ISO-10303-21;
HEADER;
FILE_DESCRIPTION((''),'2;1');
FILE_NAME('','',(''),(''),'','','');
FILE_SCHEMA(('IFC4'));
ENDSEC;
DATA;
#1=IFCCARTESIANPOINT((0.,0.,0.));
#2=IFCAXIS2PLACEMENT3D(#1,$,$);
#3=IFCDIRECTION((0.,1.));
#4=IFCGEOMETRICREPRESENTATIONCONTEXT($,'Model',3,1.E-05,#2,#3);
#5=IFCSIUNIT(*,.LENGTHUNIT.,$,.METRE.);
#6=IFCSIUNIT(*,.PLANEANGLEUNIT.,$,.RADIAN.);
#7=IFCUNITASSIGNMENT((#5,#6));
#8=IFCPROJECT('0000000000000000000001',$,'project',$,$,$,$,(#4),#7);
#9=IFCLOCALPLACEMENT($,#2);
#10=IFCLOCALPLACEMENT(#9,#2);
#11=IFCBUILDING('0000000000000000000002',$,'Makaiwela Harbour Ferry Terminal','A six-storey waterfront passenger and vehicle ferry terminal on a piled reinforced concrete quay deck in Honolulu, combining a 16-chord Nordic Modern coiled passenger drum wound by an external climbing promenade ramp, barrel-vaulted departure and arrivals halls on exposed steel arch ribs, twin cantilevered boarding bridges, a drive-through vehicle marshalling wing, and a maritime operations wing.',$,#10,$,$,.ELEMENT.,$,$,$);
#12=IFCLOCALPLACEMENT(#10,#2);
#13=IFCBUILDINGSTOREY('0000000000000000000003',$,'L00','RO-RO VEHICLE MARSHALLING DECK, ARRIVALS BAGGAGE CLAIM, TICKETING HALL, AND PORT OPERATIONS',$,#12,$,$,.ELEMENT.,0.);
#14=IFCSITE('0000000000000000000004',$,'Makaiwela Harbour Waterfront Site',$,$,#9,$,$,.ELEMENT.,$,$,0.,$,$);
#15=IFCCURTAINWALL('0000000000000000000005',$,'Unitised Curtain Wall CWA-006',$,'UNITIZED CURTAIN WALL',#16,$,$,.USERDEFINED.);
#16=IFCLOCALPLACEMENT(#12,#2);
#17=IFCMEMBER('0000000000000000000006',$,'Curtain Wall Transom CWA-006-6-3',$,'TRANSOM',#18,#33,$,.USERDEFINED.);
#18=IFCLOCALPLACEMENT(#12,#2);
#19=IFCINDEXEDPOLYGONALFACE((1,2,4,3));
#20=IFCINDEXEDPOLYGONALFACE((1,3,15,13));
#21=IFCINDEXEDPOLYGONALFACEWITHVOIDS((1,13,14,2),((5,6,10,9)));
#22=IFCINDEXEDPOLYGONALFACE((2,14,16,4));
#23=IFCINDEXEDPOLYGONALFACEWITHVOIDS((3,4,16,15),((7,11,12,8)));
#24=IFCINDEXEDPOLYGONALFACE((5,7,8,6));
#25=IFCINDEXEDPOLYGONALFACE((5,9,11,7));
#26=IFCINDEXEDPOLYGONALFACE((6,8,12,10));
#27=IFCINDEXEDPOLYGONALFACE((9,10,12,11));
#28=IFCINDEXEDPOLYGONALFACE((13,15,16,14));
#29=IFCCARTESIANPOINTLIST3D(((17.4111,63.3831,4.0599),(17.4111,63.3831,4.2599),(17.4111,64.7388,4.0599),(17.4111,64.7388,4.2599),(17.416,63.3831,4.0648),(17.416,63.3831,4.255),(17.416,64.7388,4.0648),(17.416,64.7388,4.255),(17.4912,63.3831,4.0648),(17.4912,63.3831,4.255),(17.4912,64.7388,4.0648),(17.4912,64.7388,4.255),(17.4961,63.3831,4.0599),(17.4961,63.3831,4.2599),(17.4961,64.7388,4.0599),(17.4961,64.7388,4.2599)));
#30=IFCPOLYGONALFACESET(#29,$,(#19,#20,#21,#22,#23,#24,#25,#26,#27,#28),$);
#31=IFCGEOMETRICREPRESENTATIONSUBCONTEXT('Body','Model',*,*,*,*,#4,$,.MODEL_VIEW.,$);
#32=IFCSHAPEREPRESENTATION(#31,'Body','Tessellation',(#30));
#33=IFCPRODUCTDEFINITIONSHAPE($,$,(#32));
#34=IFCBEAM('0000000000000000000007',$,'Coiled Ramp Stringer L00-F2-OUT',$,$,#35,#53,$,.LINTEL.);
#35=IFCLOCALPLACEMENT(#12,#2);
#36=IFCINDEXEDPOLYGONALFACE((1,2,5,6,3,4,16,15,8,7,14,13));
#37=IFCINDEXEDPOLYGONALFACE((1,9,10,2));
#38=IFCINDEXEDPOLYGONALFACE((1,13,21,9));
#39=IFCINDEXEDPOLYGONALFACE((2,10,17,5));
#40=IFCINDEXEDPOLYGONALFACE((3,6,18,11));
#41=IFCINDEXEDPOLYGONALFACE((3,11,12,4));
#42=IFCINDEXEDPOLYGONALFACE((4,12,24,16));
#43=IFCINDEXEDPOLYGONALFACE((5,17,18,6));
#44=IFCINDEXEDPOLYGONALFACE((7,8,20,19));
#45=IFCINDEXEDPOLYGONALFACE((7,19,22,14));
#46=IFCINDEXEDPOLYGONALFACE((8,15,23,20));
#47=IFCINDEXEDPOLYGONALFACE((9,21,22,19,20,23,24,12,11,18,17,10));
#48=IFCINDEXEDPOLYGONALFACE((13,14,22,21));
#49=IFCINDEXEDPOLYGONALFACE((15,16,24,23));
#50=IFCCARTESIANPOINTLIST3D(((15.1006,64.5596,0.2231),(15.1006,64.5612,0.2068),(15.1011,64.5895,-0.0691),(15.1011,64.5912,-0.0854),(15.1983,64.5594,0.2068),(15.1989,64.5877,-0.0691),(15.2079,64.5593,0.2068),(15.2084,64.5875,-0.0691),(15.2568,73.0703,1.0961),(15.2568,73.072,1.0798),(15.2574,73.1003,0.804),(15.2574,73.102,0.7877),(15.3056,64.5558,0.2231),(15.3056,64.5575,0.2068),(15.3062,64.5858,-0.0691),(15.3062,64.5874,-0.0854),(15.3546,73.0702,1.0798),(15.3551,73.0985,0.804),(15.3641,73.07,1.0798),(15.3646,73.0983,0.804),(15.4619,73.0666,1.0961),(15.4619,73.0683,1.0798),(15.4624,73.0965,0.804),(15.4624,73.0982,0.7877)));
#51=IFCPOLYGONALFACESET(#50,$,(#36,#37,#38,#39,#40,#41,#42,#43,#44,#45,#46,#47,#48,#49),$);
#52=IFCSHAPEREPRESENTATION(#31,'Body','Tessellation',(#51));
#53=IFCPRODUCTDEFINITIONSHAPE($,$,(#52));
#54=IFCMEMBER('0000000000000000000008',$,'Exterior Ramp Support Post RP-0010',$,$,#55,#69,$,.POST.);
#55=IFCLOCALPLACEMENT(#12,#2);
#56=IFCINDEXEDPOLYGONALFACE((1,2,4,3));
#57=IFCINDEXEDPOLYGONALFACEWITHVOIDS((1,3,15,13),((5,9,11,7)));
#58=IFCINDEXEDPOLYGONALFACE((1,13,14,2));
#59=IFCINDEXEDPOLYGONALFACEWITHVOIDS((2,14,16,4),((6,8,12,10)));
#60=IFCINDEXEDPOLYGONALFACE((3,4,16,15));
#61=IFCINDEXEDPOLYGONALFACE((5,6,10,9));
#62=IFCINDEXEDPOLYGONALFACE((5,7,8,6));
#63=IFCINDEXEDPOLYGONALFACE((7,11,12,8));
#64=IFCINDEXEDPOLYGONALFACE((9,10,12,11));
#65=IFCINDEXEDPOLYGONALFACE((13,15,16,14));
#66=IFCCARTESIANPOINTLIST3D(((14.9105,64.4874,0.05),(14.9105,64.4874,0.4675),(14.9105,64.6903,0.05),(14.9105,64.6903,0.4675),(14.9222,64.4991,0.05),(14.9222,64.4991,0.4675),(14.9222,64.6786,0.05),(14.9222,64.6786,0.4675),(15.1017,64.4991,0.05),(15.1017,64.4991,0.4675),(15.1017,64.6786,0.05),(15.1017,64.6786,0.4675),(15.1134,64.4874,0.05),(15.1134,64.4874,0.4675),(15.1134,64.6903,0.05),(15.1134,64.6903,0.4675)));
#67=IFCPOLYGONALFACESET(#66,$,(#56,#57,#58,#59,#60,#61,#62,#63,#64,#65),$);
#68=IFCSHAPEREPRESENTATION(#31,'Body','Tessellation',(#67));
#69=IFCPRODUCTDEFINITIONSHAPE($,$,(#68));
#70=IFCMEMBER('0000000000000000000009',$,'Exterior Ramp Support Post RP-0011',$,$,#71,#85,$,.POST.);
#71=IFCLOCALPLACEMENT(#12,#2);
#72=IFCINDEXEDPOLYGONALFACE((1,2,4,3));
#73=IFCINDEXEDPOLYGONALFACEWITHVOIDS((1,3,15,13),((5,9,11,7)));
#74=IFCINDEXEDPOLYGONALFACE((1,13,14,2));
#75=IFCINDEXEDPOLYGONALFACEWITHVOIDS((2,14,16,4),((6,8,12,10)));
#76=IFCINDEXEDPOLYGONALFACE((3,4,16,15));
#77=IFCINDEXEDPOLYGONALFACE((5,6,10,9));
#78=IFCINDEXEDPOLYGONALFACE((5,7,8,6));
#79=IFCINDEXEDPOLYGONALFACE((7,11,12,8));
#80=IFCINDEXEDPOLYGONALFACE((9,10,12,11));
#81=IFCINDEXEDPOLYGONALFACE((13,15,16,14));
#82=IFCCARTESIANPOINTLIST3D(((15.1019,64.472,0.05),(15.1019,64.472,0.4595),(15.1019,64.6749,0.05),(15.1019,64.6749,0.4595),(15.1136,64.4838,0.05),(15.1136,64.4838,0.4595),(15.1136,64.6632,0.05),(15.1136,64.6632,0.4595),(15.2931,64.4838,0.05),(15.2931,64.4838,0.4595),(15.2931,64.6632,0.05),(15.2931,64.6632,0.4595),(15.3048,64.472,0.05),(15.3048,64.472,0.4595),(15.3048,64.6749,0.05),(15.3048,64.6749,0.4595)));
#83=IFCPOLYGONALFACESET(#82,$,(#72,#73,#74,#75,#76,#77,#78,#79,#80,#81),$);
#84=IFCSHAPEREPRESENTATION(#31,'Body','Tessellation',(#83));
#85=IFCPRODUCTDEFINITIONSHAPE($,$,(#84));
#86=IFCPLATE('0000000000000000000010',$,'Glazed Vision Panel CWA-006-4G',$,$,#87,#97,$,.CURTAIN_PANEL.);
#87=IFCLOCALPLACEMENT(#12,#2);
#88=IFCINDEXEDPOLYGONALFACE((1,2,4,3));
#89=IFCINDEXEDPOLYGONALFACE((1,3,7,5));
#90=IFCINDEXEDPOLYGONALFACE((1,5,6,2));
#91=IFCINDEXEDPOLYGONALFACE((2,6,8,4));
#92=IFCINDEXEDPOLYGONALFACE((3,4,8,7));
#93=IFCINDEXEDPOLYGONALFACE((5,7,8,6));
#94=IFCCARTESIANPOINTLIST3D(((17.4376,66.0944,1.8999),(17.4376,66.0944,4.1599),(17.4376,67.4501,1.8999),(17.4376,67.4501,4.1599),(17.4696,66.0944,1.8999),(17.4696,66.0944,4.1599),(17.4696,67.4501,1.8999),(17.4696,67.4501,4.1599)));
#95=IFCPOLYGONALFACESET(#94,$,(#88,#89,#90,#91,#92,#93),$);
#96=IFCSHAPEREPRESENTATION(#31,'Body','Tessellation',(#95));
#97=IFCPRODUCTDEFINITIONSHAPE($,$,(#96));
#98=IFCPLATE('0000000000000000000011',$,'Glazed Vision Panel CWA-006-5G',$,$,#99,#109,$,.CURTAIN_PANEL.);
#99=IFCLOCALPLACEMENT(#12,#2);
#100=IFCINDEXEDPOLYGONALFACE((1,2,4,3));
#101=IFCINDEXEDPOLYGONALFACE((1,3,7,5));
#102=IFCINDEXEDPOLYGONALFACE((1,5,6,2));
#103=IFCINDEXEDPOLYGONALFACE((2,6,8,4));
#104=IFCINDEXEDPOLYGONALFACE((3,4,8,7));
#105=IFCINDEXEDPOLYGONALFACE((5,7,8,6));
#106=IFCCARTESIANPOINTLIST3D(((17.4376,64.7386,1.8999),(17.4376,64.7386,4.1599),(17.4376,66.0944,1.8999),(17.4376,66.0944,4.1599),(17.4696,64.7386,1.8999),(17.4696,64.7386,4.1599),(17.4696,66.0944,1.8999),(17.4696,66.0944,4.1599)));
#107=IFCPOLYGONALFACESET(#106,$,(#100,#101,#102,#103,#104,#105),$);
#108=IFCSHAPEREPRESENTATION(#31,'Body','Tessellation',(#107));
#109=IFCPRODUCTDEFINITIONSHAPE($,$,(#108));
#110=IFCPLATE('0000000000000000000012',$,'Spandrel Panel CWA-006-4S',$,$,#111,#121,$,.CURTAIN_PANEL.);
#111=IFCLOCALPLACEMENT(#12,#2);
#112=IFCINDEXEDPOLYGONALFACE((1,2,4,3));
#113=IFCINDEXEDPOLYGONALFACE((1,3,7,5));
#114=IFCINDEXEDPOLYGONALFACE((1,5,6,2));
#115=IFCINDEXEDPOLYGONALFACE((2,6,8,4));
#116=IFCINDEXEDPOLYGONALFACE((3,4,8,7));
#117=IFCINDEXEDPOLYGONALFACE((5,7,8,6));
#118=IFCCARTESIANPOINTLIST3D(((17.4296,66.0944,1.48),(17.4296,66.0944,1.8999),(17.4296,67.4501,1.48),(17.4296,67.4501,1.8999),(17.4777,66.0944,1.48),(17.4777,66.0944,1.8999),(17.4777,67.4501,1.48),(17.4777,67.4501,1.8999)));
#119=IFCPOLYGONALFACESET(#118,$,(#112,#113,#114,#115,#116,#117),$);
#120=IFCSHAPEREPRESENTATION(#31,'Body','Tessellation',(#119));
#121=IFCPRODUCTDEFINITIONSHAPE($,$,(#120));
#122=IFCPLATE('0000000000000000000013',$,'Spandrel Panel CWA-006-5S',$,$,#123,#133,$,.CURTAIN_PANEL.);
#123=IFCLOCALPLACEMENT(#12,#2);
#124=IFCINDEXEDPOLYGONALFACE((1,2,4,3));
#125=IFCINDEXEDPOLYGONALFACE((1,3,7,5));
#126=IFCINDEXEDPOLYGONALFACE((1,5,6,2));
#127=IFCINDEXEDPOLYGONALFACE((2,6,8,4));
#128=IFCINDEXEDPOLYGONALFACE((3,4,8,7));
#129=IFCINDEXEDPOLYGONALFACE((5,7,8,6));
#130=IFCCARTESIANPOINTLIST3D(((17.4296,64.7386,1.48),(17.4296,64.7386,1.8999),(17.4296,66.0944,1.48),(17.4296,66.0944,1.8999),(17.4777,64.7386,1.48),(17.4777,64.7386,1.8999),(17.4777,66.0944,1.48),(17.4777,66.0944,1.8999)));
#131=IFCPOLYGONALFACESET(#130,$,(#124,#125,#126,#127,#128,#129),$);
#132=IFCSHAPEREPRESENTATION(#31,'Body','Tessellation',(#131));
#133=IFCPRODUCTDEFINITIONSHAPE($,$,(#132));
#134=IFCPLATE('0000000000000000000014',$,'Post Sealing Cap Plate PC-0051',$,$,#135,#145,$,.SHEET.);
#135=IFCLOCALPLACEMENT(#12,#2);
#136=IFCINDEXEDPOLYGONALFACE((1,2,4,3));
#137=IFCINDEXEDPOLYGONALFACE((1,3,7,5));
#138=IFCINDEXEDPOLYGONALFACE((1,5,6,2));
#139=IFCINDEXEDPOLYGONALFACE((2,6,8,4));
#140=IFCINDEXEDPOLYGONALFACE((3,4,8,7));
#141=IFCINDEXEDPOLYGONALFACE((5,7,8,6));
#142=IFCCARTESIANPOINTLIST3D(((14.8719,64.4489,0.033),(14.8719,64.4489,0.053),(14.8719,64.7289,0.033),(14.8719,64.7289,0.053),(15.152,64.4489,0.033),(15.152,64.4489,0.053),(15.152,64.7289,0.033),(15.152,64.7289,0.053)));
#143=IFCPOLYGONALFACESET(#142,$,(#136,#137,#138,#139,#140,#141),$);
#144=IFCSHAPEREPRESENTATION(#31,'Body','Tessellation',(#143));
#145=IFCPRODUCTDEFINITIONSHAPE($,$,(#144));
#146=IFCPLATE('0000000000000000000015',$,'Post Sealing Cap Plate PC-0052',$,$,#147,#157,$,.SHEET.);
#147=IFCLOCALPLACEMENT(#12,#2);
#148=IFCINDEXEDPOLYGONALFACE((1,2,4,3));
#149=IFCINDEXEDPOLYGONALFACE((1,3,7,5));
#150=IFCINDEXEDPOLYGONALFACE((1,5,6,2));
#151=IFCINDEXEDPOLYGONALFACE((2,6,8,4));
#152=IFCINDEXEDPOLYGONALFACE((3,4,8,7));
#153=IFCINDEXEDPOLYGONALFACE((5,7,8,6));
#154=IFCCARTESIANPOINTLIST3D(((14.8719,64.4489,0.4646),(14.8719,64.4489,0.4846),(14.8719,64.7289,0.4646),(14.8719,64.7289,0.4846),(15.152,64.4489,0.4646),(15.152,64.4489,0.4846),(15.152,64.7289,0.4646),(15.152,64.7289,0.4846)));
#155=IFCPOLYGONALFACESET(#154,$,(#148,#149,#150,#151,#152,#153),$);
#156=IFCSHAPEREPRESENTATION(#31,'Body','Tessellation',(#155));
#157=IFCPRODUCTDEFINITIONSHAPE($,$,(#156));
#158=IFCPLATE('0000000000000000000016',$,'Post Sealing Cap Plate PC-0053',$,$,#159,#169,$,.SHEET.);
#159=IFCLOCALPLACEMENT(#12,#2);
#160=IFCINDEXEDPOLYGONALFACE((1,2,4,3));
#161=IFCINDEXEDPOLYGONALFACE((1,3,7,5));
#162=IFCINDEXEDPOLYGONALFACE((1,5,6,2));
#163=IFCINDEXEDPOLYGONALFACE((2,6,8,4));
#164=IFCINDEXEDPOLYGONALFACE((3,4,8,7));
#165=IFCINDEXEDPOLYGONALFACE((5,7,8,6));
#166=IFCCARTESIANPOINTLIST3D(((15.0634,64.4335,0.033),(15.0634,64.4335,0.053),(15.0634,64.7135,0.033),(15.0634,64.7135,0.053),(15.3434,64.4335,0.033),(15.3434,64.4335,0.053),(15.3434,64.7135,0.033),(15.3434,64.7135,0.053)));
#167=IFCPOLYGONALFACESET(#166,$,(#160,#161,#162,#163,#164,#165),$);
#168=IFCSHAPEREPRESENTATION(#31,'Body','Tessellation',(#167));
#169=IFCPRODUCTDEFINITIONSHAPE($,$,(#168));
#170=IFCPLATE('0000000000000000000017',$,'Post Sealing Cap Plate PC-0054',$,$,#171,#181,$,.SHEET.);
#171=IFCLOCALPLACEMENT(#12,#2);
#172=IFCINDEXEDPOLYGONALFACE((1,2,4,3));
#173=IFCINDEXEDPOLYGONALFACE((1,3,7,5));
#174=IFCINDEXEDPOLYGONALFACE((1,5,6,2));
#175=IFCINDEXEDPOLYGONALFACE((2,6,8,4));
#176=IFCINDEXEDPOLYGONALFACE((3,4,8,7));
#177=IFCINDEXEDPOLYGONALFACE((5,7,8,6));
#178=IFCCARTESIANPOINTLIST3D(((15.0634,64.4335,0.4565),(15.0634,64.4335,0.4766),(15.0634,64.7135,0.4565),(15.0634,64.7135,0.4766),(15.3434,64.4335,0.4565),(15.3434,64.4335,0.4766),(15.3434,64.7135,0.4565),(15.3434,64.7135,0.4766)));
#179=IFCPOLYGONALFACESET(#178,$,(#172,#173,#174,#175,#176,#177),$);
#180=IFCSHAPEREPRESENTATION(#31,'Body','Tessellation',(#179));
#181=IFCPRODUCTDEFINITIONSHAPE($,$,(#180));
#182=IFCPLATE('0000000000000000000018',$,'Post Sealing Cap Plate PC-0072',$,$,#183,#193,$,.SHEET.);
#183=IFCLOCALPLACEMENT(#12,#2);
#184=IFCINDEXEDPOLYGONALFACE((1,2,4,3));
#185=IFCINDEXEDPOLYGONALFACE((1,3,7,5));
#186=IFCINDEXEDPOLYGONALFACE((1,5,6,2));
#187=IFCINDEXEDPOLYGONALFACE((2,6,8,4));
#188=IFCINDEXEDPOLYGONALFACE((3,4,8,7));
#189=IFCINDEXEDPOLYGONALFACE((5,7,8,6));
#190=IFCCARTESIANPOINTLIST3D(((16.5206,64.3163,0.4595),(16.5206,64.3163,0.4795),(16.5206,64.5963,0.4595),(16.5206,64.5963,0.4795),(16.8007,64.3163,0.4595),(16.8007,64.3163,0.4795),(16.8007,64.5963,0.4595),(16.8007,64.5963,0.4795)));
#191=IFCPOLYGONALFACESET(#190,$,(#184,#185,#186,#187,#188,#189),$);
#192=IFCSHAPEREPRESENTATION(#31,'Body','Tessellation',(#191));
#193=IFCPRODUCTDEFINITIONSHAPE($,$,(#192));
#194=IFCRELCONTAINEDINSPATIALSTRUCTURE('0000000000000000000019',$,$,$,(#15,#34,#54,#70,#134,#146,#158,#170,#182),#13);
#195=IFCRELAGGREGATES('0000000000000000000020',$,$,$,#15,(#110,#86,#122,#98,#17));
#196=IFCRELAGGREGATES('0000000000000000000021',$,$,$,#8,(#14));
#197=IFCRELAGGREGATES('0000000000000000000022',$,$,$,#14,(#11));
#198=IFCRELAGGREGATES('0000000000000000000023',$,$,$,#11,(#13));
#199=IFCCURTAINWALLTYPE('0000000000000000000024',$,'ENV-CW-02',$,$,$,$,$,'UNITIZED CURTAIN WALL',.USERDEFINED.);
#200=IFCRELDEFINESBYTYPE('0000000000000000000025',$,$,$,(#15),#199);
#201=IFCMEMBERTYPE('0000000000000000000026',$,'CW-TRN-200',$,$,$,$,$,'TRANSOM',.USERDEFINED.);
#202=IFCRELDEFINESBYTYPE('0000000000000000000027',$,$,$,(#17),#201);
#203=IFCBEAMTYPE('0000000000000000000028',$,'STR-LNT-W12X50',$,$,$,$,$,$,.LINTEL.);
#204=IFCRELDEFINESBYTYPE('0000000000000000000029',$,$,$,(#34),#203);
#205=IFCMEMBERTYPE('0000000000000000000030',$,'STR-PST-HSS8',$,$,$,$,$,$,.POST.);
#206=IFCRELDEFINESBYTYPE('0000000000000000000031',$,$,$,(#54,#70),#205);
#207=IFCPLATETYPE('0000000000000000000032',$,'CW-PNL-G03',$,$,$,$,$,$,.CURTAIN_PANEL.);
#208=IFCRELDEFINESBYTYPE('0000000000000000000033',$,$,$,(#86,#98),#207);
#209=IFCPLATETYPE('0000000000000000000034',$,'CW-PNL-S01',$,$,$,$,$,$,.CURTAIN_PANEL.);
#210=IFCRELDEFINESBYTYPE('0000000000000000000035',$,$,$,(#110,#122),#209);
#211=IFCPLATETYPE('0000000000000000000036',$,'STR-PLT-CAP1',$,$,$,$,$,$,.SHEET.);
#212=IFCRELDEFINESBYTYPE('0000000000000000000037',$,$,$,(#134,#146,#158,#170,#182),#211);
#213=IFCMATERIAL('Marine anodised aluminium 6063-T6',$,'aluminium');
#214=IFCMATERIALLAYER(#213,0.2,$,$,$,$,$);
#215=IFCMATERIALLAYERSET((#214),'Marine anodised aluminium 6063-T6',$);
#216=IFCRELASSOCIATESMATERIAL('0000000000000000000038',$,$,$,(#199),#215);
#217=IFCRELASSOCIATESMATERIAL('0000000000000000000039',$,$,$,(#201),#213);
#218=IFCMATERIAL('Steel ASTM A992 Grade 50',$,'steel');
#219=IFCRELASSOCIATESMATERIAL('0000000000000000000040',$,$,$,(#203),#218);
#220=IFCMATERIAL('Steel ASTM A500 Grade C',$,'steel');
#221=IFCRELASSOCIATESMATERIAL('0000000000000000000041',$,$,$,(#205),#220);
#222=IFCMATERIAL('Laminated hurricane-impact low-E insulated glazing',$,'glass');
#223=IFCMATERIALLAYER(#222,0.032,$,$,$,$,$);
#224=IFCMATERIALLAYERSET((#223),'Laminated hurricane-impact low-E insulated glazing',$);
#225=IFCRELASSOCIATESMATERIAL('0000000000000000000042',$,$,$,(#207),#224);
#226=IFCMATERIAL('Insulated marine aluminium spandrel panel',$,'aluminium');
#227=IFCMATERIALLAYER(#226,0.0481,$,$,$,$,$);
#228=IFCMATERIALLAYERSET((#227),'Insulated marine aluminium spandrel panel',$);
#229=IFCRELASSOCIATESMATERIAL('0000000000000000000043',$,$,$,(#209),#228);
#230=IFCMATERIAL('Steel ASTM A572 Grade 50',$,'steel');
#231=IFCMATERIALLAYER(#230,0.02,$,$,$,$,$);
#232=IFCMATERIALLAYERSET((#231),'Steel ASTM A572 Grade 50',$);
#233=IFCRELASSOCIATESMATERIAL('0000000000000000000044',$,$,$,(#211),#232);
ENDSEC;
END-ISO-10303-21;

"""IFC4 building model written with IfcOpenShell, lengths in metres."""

from ifc_helpers import new_model, si_unit, direction, frame, origin, origin_2d, place, context, subcontext, project, spatial, rectangle, hollow_rectangle, i_section, extrude, material, layer, layer_set, material_profile, profile_set, type_object, element, aggregate, save


model = new_model("IFC4")

# Units and contexts
model_context = context("Model", 3, precision=1e-05, world=origin(), true_north=direction((0.0, 1.0)))
body_context = subcontext(model_context, "Body", "Model", "MODEL_VIEW")
ifc_project = project(units=[si_unit("LENGTHUNIT", "METRE"), si_unit("PLANEANGLEUNIT", "RADIAN")], contexts=[model_context])

# Site, building, storey
site_placement = place(None, origin())
site = spatial("IfcSite", under=ifc_project, at=site_placement, Name="Makaiwela Harbour Waterfront Site", CompositionType="ELEMENT", RefElevation=0.0)
building_placement = place(site_placement, origin())
building = spatial("IfcBuilding", under=site, at=building_placement, Name="Makaiwela Harbour Ferry Terminal", Description="A six-storey waterfront passenger and vehicle ferry terminal on a piled reinforced concrete quay deck in Honolulu, combining a 16-chord Nordic Modern coiled passenger drum wound by an external climbing promenade ramp, barrel-vaulted departure and arrivals halls on exposed steel arch ribs, twin cantilevered boarding bridges, a drive-through vehicle marshalling wing, and a maritime operations wing.", CompositionType="ELEMENT")
storey_placement = place(building_placement, origin())
storey = spatial("IfcBuildingStorey", under=building, at=storey_placement, Name="L00", Description="RO-RO VEHICLE MARSHALLING DECK, ARRIVALS BAGGAGE CLAIM, TICKETING HALL, AND PORT OPERATIONS", CompositionType="ELEMENT", Elevation=0.0)

# Curtain wall, member
ifc_material_1 = material(Name="Marine anodised aluminium 6063-T6", Category="aluminium")
ifc_layer_1 = layer(ifc_material_1, 0.2)
ifc_layer_set_1 = layer_set([ifc_layer_1], Name="Marine anodised aluminium 6063-T6")
curtain_wall_type = type_object("IfcCurtainWallType", Name="ENV-CW-02", ElementType="UNITIZED CURTAIN WALL", PredefinedType="USERDEFINED", material=ifc_layer_set_1)
curtain_wall_placement = place(storey_placement, origin())
curtain_wall = element("IfcCurtainWall", 1, at=curtain_wall_placement, inside=storey, type_object=curtain_wall_type, Name="Unitised Curtain Wall CWA-006", ObjectType="UNITIZED CURTAIN WALL", PredefinedType="USERDEFINED")
ifc_material_profile_1 = material_profile(ifc_material_1, hollow_rectangle(XDim=0.085, YDim=0.2, WallThickness=0.0049, at=origin_2d()), Name="CWT-200X85")
ifc_profile_set_1 = profile_set([ifc_material_profile_1], Name="Marine anodised aluminium 6063-T6")
member_type_1 = type_object("IfcMemberType", Name="CW-TRN-200", ElementType="TRANSOM", PredefinedType="USERDEFINED", material=ifc_profile_set_1)
member_1_placement = place(storey_placement, frame((17.4536, 64.7388, 4.1599), z_axis=(0.0, -1.0, 0.0), x_axis=(1.0, 0.0, 0.0)))
member_1 = element("IfcMember", 2, at=member_1_placement, type_object=member_type_1, Name="Curtain Wall Transom CWA-006-6-3", ObjectType="TRANSOM", PredefinedType="USERDEFINED", context=body_context, shape_type="SweptSolid", body=[
    extrude(hollow_rectangle(XDim=0.085, YDim=0.2, WallThickness=0.0049, at=origin_2d()), origin(), (0.0, 0.0, 1.0), 1.3557),
])

# Beam
ifc_material_2 = material(Name="Steel ASTM A992 Grade 50", Category="steel")
ifc_material_profile_2 = material_profile(ifc_material_2, i_section(OverallWidth=0.2051, OverallDepth=0.3101, WebThickness=0.0095, FlangeThickness=0.0164, at=origin_2d()), Name="W12X50")
ifc_profile_set_2 = profile_set([ifc_material_profile_2], Name="Steel ASTM A992 Grade 50")
beam_type = type_object("IfcBeamType", Name="STR-LNT-W12X50", PredefinedType="LINTEL", material=ifc_profile_set_2)
beam_placement = place(storey_placement, frame((15.2034, 64.5735, 0.0688), z_axis=(0.01826, 0.994614, 0.102029), x_axis=(-0.999832, 0.018356, 0.0)))
element("IfcBeam", 3, at=beam_placement, inside=storey, type_object=beam_type, Name="Coiled Ramp Stringer L00-F2-OUT", PredefinedType="LINTEL", context=body_context, shape_type="SweptSolid", body=[
    extrude(i_section(OverallWidth=0.2051, OverallDepth=0.3101, WebThickness=0.0095, FlangeThickness=0.0164, at=origin_2d()), origin(), (0.0, 0.0, 1.0), 8.5569),
])

# Members
ifc_material_3 = material(Name="Steel ASTM A500 Grade C", Category="steel")
ifc_material_profile_3 = material_profile(ifc_material_3, hollow_rectangle(XDim=0.2029, YDim=0.2029, WallThickness=0.0117, at=origin_2d()), Name="HSS8X8X1/2")
ifc_profile_set_3 = profile_set([ifc_material_profile_3], Name="Steel ASTM A500 Grade C")
member_type_2 = type_object("IfcMemberType", Name="STR-PST-HSS8", PredefinedType="POST", material=ifc_profile_set_3)
member_2_placement = place(storey_placement, frame((15.012, 64.5889, 0.05), z_axis=(0.0, 0.0, 1.0), x_axis=(1.0, 0.0, 0.0)))
element("IfcMember", 4, at=member_2_placement, inside=storey, type_object=member_type_2, Name="Exterior Ramp Support Post RP-0010", PredefinedType="POST", context=body_context, shape_type="SweptSolid", body=[
    extrude(hollow_rectangle(XDim=0.2029, YDim=0.2029, WallThickness=0.0117, at=origin_2d()), origin(), (0.0, 0.0, 1.0), 0.4175),
])
member_3_placement = place(storey_placement, frame((15.2034, 64.5735, 0.05), z_axis=(0.0, 0.0, 1.0), x_axis=(1.0, 0.0, 0.0)))
element("IfcMember", 5, at=member_3_placement, inside=storey, type_object=member_type_2, Name="Exterior Ramp Support Post RP-0011", PredefinedType="POST", context=body_context, shape_type="SweptSolid", body=[
    extrude(hollow_rectangle(XDim=0.2029, YDim=0.2029, WallThickness=0.0117, at=origin_2d()), origin(), (0.0, 0.0, 1.0), 0.4094),
])

# Plates
ifc_material_4 = material(Name="Laminated hurricane-impact low-E insulated glazing", Category="glass")
ifc_layer_2 = layer(ifc_material_4, 0.032)
ifc_layer_set_2 = layer_set([ifc_layer_2], Name="Laminated hurricane-impact low-E insulated glazing")
plate_type_1 = type_object("IfcPlateType", Name="CW-PNL-G03", PredefinedType="CURTAIN_PANEL", material=ifc_layer_set_2)
plate_1_placement = place(storey_placement, frame((17.4536, 66.7722, 1.8999), z_axis=(0.0, 0.0, 1.0), x_axis=(0.0, -1.0, 0.0)))
plate_1 = element("IfcPlate", 6, at=plate_1_placement, type_object=plate_type_1, Name="Glazed Vision Panel CWA-006-4G", PredefinedType="CURTAIN_PANEL", context=body_context, shape_type="SweptSolid", body=[
    extrude(rectangle(XDim=1.3557, YDim=0.032, at=origin_2d()), origin(), (0.0, 0.0, 1.0), 2.26),
])
plate_2_placement = place(storey_placement, frame((17.4536, 65.4165, 1.8999), z_axis=(0.0, 0.0, 1.0), x_axis=(0.0, -1.0, 0.0)))
plate_2 = element("IfcPlate", 7, at=plate_2_placement, type_object=plate_type_1, Name="Glazed Vision Panel CWA-006-5G", PredefinedType="CURTAIN_PANEL", context=body_context, shape_type="SweptSolid", body=[
    extrude(rectangle(XDim=1.3557, YDim=0.032, at=origin_2d()), origin(), (0.0, 0.0, 1.0), 2.26),
])
ifc_material_5 = material(Name="Insulated marine aluminium spandrel panel", Category="aluminium")
ifc_layer_3 = layer(ifc_material_5, 0.0481)
ifc_layer_set_3 = layer_set([ifc_layer_3], Name="Insulated marine aluminium spandrel panel")
plate_type_2 = type_object("IfcPlateType", Name="CW-PNL-S01", PredefinedType="CURTAIN_PANEL", material=ifc_layer_set_3)
plate_3_placement = place(storey_placement, frame((17.4536, 66.7722, 1.48), z_axis=(0.0, 0.0, 1.0), x_axis=(0.0, -1.0, 0.0)))
plate_3 = element("IfcPlate", 8, at=plate_3_placement, type_object=plate_type_2, Name="Spandrel Panel CWA-006-4S", PredefinedType="CURTAIN_PANEL", context=body_context, shape_type="SweptSolid", body=[
    extrude(rectangle(XDim=1.3557, YDim=0.0481, at=origin_2d()), origin(), (0.0, 0.0, 1.0), 0.4199),
])
plate_4_placement = place(storey_placement, frame((17.4536, 65.4165, 1.48), z_axis=(0.0, 0.0, 1.0), x_axis=(0.0, -1.0, 0.0)))
plate_4 = element("IfcPlate", 9, at=plate_4_placement, type_object=plate_type_2, Name="Spandrel Panel CWA-006-5S", PredefinedType="CURTAIN_PANEL", context=body_context, shape_type="SweptSolid", body=[
    extrude(rectangle(XDim=1.3557, YDim=0.0481, at=origin_2d()), origin(), (0.0, 0.0, 1.0), 0.4199),
])
aggregate(curtain_wall, [plate_3, plate_1, plate_4, plate_2, member_1])

# Plates
ifc_material_6 = material(Name="Steel ASTM A572 Grade 50", Category="steel")
ifc_layer_4 = layer(ifc_material_6, 0.02)
ifc_layer_set_4 = layer_set([ifc_layer_4], Name="Steel ASTM A572 Grade 50")
plate_type_3 = type_object("IfcPlateType", Name="STR-PLT-CAP1", PredefinedType="SHEET", material=ifc_layer_set_4)
for number, where, z_axis, x_axis, name in (
    (10, (15.012, 64.5889, 0.033), (0.0, 0.0, 1.0), (1.0, 0.0, 0.0), "Post Sealing Cap Plate PC-0051"),
    (11, (15.012, 64.5889, 0.4646), (0.0, 0.0, 1.0), (1.0, 0.0, 0.0), "Post Sealing Cap Plate PC-0052"),
    (12, (15.2034, 64.5735, 0.033), (0.0, 0.0, 1.0), (1.0, 0.0, 0.0), "Post Sealing Cap Plate PC-0053"),
    (13, (15.2034, 64.5735, 0.4565), (0.0, 0.0, 1.0), (1.0, 0.0, 0.0), "Post Sealing Cap Plate PC-0054"),
    (14, (16.6606, 64.4563, 0.4595), (0.0, 0.0, 1.0), (1.0, 0.0, 0.0), "Post Sealing Cap Plate PC-0072"),
):
    element("IfcPlate", number, at=place(storey_placement, frame(where, z_axis=z_axis, x_axis=x_axis)), inside=storey, type_object=plate_type_3, Name=name, PredefinedType="SHEET", context=body_context, shape_type="SweptSolid", body=[
        extrude(rectangle(XDim=0.28, YDim=0.28, at=origin_2d()), origin(), (0.0, 0.0, 1.0), 0.02),
    ])

save(model, "model.ifc")
